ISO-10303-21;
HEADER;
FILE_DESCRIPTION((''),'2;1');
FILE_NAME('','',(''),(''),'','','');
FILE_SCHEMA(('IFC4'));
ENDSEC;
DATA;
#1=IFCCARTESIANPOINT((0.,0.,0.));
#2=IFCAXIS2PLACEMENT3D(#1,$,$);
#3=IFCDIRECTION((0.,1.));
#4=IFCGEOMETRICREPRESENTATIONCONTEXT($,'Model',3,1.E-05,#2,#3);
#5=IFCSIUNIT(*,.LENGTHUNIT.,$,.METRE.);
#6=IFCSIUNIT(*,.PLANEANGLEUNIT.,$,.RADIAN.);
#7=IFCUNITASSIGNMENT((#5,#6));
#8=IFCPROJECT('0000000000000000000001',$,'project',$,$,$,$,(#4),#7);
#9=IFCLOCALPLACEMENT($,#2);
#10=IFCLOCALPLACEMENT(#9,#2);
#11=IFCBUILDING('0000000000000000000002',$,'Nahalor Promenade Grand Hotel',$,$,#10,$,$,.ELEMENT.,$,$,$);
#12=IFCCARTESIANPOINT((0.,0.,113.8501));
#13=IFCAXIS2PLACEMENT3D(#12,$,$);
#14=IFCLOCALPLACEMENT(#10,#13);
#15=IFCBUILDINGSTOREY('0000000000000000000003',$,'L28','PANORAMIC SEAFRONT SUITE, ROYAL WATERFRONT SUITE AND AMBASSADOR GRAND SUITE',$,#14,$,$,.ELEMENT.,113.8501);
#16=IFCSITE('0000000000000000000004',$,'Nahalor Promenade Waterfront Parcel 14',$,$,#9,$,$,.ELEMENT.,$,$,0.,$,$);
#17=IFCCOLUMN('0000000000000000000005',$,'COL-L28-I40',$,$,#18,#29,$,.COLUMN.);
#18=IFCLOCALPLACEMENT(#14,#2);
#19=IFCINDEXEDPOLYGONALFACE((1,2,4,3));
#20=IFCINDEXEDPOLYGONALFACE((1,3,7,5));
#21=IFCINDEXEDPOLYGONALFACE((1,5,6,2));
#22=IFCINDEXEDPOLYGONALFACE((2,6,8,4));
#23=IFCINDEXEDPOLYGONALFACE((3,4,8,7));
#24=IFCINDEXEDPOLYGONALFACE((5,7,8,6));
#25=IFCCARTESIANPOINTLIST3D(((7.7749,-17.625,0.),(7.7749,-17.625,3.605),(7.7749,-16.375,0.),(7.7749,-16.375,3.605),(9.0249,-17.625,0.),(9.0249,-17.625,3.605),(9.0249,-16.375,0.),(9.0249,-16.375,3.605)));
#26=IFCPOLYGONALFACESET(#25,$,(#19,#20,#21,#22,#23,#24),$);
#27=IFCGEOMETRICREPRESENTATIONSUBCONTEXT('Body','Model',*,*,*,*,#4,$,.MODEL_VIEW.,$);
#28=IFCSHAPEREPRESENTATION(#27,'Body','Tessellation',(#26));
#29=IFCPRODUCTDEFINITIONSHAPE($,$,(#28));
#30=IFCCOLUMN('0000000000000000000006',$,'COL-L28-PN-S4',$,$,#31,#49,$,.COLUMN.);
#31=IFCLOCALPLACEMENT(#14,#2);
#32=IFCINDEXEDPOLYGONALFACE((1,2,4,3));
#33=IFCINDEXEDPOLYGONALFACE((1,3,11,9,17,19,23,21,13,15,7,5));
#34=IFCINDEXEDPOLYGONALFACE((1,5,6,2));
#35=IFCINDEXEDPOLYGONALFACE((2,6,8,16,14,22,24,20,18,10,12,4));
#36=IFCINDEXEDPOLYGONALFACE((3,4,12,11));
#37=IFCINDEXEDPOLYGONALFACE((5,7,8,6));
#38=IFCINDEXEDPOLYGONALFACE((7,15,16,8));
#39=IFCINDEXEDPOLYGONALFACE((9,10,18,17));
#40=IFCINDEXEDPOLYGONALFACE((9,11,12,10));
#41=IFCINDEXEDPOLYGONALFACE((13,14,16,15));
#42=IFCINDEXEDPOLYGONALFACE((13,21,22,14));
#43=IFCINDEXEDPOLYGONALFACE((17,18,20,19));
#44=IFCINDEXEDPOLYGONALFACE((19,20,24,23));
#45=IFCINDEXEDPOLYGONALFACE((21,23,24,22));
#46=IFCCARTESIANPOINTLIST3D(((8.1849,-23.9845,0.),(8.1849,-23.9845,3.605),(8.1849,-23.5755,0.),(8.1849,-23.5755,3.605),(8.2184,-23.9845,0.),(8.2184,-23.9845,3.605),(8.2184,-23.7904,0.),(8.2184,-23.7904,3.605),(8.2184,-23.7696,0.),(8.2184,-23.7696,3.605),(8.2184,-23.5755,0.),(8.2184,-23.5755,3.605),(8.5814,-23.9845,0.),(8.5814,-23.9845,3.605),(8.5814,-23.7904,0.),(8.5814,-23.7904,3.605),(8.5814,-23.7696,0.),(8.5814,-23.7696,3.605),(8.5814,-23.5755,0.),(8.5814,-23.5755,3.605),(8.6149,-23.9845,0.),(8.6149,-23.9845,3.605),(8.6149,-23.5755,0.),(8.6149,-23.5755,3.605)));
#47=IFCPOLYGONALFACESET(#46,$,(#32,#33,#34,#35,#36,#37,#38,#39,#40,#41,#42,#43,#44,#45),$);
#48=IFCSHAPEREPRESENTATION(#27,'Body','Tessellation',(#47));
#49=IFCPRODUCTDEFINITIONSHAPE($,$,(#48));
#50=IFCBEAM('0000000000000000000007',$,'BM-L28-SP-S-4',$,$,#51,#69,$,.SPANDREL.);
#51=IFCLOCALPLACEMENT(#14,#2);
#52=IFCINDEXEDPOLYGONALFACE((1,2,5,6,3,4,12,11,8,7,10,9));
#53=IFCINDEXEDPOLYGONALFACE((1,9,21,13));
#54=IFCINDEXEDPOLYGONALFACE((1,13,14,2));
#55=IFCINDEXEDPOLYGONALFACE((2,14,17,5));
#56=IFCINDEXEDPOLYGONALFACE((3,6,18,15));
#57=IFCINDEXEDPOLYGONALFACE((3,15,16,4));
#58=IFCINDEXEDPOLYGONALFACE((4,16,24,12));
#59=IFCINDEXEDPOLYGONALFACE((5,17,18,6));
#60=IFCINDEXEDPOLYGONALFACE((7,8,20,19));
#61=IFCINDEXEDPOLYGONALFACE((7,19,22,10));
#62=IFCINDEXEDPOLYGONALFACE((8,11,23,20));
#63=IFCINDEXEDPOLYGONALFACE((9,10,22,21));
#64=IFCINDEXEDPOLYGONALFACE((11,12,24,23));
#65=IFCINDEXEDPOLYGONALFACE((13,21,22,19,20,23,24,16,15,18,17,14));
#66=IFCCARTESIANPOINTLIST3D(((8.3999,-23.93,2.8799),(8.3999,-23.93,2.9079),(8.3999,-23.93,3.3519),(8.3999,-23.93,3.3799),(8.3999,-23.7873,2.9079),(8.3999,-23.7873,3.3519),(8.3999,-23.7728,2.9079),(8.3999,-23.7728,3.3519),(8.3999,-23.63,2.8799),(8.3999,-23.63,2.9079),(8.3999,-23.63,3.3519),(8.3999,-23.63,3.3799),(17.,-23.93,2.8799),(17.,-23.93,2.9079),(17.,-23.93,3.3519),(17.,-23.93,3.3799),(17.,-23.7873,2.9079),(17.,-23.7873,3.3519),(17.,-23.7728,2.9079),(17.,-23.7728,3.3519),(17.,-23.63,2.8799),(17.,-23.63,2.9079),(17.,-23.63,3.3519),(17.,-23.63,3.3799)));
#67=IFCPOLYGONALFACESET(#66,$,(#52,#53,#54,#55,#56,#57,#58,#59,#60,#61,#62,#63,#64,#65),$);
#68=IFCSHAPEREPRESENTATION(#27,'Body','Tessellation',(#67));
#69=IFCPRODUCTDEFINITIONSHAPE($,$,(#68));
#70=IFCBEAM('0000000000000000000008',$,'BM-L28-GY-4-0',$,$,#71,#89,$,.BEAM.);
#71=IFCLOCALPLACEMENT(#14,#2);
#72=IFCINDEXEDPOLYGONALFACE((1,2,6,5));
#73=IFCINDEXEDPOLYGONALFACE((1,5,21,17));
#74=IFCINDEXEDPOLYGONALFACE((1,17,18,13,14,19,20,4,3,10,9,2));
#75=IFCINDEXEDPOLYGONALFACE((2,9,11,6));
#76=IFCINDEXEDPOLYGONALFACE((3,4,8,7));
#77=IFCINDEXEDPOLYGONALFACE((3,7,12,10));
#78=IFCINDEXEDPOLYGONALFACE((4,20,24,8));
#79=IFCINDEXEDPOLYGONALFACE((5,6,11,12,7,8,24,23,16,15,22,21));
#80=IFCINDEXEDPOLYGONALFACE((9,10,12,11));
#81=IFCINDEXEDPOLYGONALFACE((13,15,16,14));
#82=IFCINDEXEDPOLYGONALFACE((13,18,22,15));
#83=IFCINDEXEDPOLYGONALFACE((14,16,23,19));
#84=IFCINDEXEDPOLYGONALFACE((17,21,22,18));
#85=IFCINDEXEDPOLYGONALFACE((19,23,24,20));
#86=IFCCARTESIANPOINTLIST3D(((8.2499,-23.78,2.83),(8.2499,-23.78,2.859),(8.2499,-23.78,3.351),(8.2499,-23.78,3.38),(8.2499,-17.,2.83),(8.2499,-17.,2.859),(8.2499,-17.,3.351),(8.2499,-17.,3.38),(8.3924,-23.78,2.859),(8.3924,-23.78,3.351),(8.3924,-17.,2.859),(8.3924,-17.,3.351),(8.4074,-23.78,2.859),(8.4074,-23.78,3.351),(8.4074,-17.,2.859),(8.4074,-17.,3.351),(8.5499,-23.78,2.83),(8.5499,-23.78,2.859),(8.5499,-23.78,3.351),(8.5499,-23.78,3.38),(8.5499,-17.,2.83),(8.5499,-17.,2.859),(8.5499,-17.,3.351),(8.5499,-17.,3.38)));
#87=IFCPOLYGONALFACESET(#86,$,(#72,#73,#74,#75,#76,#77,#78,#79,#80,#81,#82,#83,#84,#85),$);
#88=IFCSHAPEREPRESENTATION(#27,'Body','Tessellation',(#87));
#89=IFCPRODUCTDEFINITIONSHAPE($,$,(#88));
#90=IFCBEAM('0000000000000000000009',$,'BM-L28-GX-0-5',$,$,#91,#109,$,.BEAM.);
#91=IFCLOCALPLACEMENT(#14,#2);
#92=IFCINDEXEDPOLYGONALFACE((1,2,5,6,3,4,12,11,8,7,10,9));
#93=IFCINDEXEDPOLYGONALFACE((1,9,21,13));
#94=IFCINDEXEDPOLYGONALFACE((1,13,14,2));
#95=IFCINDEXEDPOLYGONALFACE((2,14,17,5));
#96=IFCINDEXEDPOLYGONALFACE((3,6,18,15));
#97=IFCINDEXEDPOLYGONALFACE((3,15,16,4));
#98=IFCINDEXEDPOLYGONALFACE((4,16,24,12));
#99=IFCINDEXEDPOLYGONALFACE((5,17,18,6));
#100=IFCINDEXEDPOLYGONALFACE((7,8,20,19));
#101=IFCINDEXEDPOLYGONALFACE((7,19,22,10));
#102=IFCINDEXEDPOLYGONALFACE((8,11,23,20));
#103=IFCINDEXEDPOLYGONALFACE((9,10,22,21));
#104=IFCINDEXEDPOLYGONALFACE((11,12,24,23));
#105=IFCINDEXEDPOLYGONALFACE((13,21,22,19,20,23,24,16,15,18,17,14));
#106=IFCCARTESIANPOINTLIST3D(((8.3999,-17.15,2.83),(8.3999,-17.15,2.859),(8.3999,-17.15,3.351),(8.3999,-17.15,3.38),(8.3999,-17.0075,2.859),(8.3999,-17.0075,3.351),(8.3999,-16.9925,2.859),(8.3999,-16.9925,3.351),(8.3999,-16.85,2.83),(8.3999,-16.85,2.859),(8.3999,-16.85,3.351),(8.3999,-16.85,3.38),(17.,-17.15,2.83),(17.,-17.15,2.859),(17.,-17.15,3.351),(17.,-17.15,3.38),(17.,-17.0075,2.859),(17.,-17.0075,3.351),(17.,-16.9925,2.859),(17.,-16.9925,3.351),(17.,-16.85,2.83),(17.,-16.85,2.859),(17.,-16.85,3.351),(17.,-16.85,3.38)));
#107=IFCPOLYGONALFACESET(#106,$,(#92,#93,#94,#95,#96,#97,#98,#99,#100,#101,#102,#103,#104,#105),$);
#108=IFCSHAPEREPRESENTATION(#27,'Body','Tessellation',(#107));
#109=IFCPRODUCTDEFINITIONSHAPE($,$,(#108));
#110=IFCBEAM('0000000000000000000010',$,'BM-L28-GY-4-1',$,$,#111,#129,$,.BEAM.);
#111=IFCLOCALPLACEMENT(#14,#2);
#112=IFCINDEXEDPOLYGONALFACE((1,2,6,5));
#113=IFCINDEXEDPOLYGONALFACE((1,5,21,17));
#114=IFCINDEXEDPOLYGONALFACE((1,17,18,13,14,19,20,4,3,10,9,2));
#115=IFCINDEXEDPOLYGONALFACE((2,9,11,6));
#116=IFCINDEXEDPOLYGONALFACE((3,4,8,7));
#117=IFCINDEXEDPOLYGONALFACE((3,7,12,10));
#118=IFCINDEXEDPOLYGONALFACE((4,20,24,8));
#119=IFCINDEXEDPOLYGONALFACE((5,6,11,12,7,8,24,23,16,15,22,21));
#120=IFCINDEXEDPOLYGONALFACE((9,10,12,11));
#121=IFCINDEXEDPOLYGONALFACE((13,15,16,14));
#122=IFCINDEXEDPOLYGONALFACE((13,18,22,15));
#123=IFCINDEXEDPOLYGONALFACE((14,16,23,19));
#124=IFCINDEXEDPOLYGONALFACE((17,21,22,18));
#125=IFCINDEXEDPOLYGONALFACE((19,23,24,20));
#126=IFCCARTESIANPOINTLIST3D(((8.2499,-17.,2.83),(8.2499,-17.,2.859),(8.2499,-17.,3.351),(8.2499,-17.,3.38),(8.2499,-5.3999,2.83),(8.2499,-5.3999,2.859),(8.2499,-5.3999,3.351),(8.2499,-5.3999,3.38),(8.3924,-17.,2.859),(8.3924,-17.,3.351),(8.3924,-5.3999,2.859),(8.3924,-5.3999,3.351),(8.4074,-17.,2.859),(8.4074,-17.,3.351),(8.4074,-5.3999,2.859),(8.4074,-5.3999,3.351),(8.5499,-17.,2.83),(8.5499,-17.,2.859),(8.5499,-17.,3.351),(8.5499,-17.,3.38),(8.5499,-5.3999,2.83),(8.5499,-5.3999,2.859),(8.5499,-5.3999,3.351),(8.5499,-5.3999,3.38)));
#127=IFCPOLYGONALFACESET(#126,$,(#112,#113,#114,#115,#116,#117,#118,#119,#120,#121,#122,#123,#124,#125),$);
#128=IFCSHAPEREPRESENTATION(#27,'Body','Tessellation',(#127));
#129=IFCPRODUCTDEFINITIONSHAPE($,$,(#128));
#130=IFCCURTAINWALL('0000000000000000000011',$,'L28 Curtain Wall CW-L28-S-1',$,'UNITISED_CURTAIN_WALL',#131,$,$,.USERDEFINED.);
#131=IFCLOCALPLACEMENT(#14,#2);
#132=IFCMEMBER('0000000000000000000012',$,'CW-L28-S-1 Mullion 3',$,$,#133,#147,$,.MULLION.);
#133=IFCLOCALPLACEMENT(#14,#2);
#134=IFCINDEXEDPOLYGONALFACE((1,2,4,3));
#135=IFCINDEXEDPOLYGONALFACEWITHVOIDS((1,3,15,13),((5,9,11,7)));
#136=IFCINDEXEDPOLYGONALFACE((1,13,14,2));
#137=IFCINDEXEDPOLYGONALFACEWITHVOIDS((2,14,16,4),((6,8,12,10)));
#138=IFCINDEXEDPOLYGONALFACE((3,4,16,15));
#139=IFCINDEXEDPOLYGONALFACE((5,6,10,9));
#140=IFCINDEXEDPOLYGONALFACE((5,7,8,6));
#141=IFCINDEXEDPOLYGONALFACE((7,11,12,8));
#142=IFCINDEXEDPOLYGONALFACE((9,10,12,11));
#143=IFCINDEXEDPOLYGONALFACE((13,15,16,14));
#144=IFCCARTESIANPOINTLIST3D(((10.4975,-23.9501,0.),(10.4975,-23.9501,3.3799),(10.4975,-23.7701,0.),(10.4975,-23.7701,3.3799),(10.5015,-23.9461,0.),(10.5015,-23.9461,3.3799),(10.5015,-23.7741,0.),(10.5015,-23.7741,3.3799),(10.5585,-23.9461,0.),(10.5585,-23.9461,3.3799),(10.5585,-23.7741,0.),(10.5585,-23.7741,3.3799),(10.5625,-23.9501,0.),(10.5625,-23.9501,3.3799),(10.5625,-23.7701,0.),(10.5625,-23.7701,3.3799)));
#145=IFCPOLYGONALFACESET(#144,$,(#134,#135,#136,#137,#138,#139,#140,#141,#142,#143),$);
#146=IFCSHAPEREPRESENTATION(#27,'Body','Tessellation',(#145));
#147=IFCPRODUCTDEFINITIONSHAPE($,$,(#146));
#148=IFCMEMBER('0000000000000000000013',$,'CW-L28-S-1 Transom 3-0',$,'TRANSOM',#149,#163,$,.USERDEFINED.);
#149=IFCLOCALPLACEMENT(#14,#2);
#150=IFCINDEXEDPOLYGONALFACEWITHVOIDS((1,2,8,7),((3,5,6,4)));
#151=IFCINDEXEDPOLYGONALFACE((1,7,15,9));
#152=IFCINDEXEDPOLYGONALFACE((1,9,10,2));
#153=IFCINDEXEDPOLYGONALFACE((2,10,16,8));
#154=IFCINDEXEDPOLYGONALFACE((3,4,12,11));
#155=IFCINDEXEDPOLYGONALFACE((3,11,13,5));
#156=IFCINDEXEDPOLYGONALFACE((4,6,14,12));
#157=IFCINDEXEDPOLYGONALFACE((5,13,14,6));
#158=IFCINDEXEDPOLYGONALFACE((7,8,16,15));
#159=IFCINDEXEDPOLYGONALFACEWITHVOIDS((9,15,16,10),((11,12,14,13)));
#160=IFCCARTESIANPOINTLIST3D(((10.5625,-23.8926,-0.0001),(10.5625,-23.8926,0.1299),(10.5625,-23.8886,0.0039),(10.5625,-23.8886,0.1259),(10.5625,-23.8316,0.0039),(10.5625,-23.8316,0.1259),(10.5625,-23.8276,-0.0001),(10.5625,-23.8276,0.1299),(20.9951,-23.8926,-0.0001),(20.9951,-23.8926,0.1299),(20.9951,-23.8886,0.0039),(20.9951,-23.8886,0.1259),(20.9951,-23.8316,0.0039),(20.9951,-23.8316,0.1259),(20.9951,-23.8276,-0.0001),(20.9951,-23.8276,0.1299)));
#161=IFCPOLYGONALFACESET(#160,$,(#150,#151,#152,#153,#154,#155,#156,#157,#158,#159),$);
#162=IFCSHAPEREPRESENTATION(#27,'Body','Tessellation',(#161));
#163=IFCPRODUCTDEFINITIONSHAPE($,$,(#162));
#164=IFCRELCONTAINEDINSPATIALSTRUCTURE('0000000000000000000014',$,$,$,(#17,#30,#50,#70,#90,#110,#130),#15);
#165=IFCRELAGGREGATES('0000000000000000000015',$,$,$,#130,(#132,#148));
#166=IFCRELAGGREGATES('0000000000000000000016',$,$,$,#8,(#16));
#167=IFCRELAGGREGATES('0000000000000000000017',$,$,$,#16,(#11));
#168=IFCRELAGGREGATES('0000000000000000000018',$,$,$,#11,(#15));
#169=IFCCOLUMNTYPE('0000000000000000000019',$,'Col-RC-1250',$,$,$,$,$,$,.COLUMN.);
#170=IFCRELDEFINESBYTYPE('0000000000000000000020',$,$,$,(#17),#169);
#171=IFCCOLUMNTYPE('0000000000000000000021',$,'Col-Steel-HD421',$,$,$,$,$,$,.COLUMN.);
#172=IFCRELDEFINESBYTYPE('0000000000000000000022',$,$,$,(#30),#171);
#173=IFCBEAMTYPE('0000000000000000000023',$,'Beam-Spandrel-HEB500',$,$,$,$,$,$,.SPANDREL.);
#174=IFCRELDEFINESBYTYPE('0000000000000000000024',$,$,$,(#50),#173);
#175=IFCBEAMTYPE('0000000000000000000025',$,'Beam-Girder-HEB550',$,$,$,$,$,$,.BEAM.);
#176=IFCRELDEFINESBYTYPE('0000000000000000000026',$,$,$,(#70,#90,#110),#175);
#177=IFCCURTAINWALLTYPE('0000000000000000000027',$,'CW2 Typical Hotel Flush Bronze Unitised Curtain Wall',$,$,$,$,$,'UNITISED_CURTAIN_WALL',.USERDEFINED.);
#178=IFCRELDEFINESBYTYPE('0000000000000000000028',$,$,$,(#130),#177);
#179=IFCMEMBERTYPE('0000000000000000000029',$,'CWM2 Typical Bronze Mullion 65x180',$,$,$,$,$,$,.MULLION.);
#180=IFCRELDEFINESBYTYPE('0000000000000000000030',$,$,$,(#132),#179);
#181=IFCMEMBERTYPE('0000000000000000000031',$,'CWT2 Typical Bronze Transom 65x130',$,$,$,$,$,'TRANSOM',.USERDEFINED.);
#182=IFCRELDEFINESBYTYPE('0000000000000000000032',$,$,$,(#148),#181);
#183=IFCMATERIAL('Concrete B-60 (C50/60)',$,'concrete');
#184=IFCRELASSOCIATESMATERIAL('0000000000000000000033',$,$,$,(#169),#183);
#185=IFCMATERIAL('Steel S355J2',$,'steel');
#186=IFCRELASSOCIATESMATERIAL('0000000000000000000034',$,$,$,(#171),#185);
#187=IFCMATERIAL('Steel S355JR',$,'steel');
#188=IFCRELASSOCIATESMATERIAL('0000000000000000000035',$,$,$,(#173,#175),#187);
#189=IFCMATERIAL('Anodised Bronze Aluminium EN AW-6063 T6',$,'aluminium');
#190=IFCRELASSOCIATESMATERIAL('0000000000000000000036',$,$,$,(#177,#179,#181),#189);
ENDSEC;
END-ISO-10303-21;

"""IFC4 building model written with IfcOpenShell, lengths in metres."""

from ifc_helpers import new_model, si_unit, direction, frame, origin, origin_2d, place, context, subcontext, project, spatial, rectangle, hollow_rectangle, i_section, extrude, source, transform, mapped, material, material_profile, profile_set, type_object, element, aggregate, save


model = new_model("IFC4")

# Units and contexts
model_context = context("Model", 3, precision=1e-05, world=origin(), true_north=direction((0.0, 1.0)))
body_context = subcontext(model_context, "Body", "Model", "MODEL_VIEW")
ifc_project = project(units=[si_unit("LENGTHUNIT", "METRE"), si_unit("PLANEANGLEUNIT", "RADIAN")], contexts=[model_context])

# Site, building, storey
site_placement = place(None, origin())
site = spatial("IfcSite", under=ifc_project, at=site_placement, Name="Nahalor Promenade Waterfront Parcel 14", CompositionType="ELEMENT", RefElevation=0.0)
building_placement = place(site_placement, origin())
building = spatial("IfcBuilding", under=site, at=building_placement, Name="Nahalor Promenade Grand Hotel", CompositionType="ELEMENT")
storey_placement = place(building_placement, frame((0.0, 0.0, 113.8501)))
storey = spatial("IfcBuildingStorey", under=building, at=storey_placement, Name="L28", Description="PANORAMIC SEAFRONT SUITE, ROYAL WATERFRONT SUITE AND AMBASSADOR GRAND SUITE", CompositionType="ELEMENT", Elevation=113.8501)

# Columns
ifc_material_1 = material(Name="Concrete B-60 (C50/60)", Category="concrete")
ifc_material_profile_1 = material_profile(ifc_material_1, rectangle(XDim=1.25, YDim=1.25, at=origin_2d()), Name="RC 1250x1250")
ifc_profile_set_1 = profile_set([ifc_material_profile_1], Name="Concrete B-60 (C50/60)")
column_type_1 = type_object("IfcColumnType", Name="Col-RC-1250", PredefinedType="COLUMN", material=ifc_profile_set_1)
shared_shape_1 = source(origin(), body_context, "Body", "SweptSolid", [
    extrude(rectangle(XDim=1.25, YDim=1.25, at=origin_2d()), origin(), (0.0, 0.0, 1.0), 3.605),
])
column_1_placement = place(storey_placement, frame((8.3999, -17.0, 0.0), z_axis=(0.0, 0.0, 1.0), x_axis=(1.0, 0.0, 0.0)))
element("IfcColumn", 1, at=column_1_placement, inside=storey, type_object=column_type_1, Name="COL-L28-I40", PredefinedType="COLUMN", context=body_context, shape_type="MappedRepresentation", body=[
    mapped(shared_shape_1, transform((0.0, 0.0, 0.0), scale=1.0)),
])
ifc_material_2 = material(Name="Steel S355J2", Category="steel")
ifc_material_profile_2 = material_profile(ifc_material_2, i_section(OverallWidth=0.409, OverallDepth=0.43, WebThickness=0.0208, FlangeThickness=0.0335, at=origin_2d()), Name="HD 400x421")
ifc_profile_set_2 = profile_set([ifc_material_profile_2], Name="Steel S355J2")
column_type_2 = type_object("IfcColumnType", Name="Col-Steel-HD421", PredefinedType="COLUMN", material=ifc_profile_set_2)
shared_shape_2 = source(origin(), body_context, "Body", "SweptSolid", [
    extrude(i_section(OverallWidth=0.409, OverallDepth=0.43, WebThickness=0.0208, FlangeThickness=0.0335, at=origin_2d()), origin(), (0.0, 0.0, 1.0), 3.605),
])
column_2_placement = place(storey_placement, frame((8.3999, -23.78, 0.0), z_axis=(0.0, 0.0, 1.0), x_axis=(0.0, 1.0, 0.0)))
element("IfcColumn", 2, at=column_2_placement, inside=storey, type_object=column_type_2, Name="COL-L28-PN-S4", PredefinedType="COLUMN", context=body_context, shape_type="MappedRepresentation", body=[
    mapped(shared_shape_2, transform((0.0, 0.0, 0.0), scale=1.0)),
])

# Beams
ifc_material_3 = material(Name="Steel S355JR", Category="steel")
ifc_material_profile_3 = material_profile(ifc_material_3, i_section(OverallWidth=0.3, OverallDepth=0.5, WebThickness=0.0145, FlangeThickness=0.028, at=origin_2d()), Name="HEB 500")
ifc_profile_set_3 = profile_set([ifc_material_profile_3], Name="Steel S355JR")
beam_type_1 = type_object("IfcBeamType", Name="Beam-Spandrel-HEB500", PredefinedType="SPANDREL", material=ifc_profile_set_3)
shared_shape_3 = source(origin(), body_context, "Body", "SweptSolid", [
    extrude(i_section(OverallWidth=0.3, OverallDepth=0.5, WebThickness=0.0145, FlangeThickness=0.028, at=origin_2d()), origin(), (0.0, 0.0, 1.0), 8.6001),
])
beam_1_placement = place(storey_placement, frame((8.3999, -23.78, 3.1299), z_axis=(1.0, 0.0, 0.0), x_axis=(0.0, 1.0, 0.0)))
element("IfcBeam", 3, at=beam_1_placement, inside=storey, type_object=beam_type_1, Name="BM-L28-SP-S-4", PredefinedType="SPANDREL", context=body_context, shape_type="MappedRepresentation", body=[
    mapped(shared_shape_3, transform((0.0, 0.0, 0.0), scale=1.0)),
])
ifc_material_profile_4 = material_profile(ifc_material_3, i_section(OverallWidth=0.3, OverallDepth=0.55, WebThickness=0.015, FlangeThickness=0.029, at=origin_2d()), Name="HEB 550")
ifc_profile_set_4 = profile_set([ifc_material_profile_4], Name="Steel S355JR")
beam_type_2 = type_object("IfcBeamType", Name="Beam-Girder-HEB550", PredefinedType="BEAM", material=ifc_profile_set_4)
shared_shape_4 = source(origin(), body_context, "Body", "SweptSolid", [
    extrude(i_section(OverallWidth=0.3, OverallDepth=0.55, WebThickness=0.015, FlangeThickness=0.029, at=origin_2d()), origin(), (0.0, 0.0, 1.0), 6.78),
])
beam_2_placement = place(storey_placement, frame((8.3999, -23.78, 3.105), z_axis=(0.0, 1.0, 0.0), x_axis=(-1.0, 0.0, 0.0)))
element("IfcBeam", 4, at=beam_2_placement, inside=storey, type_object=beam_type_2, Name="BM-L28-GY-4-0", PredefinedType="BEAM", context=body_context, shape_type="MappedRepresentation", body=[
    mapped(shared_shape_4, transform((0.0, 0.0, 0.0), scale=1.0)),
])
shared_shape_5 = source(origin(), body_context, "Body", "SweptSolid", [
    extrude(i_section(OverallWidth=0.3, OverallDepth=0.55, WebThickness=0.015, FlangeThickness=0.029, at=origin_2d()), origin(), (0.0, 0.0, 1.0), 8.6001),
])
beam_3_placement = place(storey_placement, frame((8.3999, -17.0, 3.105), z_axis=(1.0, 0.0, 0.0), x_axis=(0.0, 1.0, 0.0)))
element("IfcBeam", 5, at=beam_3_placement, inside=storey, type_object=beam_type_2, Name="BM-L28-GX-0-5", PredefinedType="BEAM", context=body_context, shape_type="MappedRepresentation", body=[
    mapped(shared_shape_5, transform((0.0, 0.0, 0.0), scale=1.0)),
])
shared_shape_6 = source(origin(), body_context, "Body", "SweptSolid", [
    extrude(i_section(OverallWidth=0.3, OverallDepth=0.55, WebThickness=0.015, FlangeThickness=0.029, at=origin_2d()), origin(), (0.0, 0.0, 1.0), 11.6001),
])
beam_4_placement = place(storey_placement, frame((8.3999, -17.0, 3.105), z_axis=(0.0, 1.0, 0.0), x_axis=(-1.0, 0.0, 0.0)))
element("IfcBeam", 6, at=beam_4_placement, inside=storey, type_object=beam_type_2, Name="BM-L28-GY-4-1", PredefinedType="BEAM", context=body_context, shape_type="MappedRepresentation", body=[
    mapped(shared_shape_6, transform((0.0, 0.0, 0.0), scale=1.0)),
])

# Curtain wall, members
ifc_material_4 = material(Name="Anodised Bronze Aluminium EN AW-6063 T6", Category="aluminium")
curtain_wall_type = type_object("IfcCurtainWallType", Name="CW2 Typical Hotel Flush Bronze Unitised Curtain Wall", ElementType="UNITISED_CURTAIN_WALL", PredefinedType="USERDEFINED", material=ifc_material_4)
curtain_wall_placement = place(storey_placement, origin())
curtain_wall = element("IfcCurtainWall", 7, at=curtain_wall_placement, inside=storey, type_object=curtain_wall_type, Name="L28 Curtain Wall CW-L28-S-1", ObjectType="UNITISED_CURTAIN_WALL", PredefinedType="USERDEFINED")
ifc_material_profile_5 = material_profile(ifc_material_4, hollow_rectangle(XDim=0.065, YDim=0.18, WallThickness=0.004, at=origin_2d()), Name="CWM 65x180x4")
ifc_profile_set_5 = profile_set([ifc_material_profile_5], Name="Anodised Bronze Aluminium EN AW-6063 T6")
member_type_1 = type_object("IfcMemberType", Name="CWM2 Typical Bronze Mullion 65x180", PredefinedType="MULLION", material=ifc_profile_set_5)
shared_shape_7 = source(origin(), body_context, "Body", "SweptSolid", [
    extrude(hollow_rectangle(XDim=0.065, YDim=0.18, WallThickness=0.004, at=origin_2d()), origin(), (0.0, 0.0, 1.0), 3.3799),
])
member_1_placement = place(storey_placement, frame((10.53, -23.8601, 0.0), z_axis=(0.0, 0.0, 1.0), x_axis=(1.0, 0.0, 0.0)))
member_1 = element("IfcMember", 8, at=member_1_placement, type_object=member_type_1, Name="CW-L28-S-1 Mullion 3", PredefinedType="MULLION", context=body_context, shape_type="MappedRepresentation", body=[
    mapped(shared_shape_7, transform((0.0, 0.0, 0.0), scale=1.0)),
])
ifc_material_profile_6 = material_profile(ifc_material_4, hollow_rectangle(XDim=0.065, YDim=0.13, WallThickness=0.004, at=origin_2d()), Name="CWT 65x130x4")
ifc_profile_set_6 = profile_set([ifc_material_profile_6], Name="Anodised Bronze Aluminium EN AW-6063 T6")
member_type_2 = type_object("IfcMemberType", Name="CWT2 Typical Bronze Transom 65x130", ElementType="TRANSOM", PredefinedType="USERDEFINED", material=ifc_profile_set_6)
shared_shape_8 = source(origin(), body_context, "Body", "SweptSolid", [
    extrude(hollow_rectangle(XDim=0.065, YDim=0.13, WallThickness=0.004, at=origin_2d()), origin(), (0.0, 0.0, 1.0), 10.4326),
])
member_2_placement = place(storey_placement, frame((10.5625, -23.8601, 0.0649), z_axis=(1.0, 0.0, 0.0), x_axis=(0.0, 1.0, 0.0)))
member_2 = element("IfcMember", 9, at=member_2_placement, type_object=member_type_2, Name="CW-L28-S-1 Transom 3-0", ObjectType="TRANSOM", PredefinedType="USERDEFINED", context=body_context, shape_type="MappedRepresentation", body=[
    mapped(shared_shape_8, transform((0.0, 0.0, 0.0), scale=1.0)),
])
aggregate(curtain_wall, [member_1, member_2])

save(model, "model.ifc")
